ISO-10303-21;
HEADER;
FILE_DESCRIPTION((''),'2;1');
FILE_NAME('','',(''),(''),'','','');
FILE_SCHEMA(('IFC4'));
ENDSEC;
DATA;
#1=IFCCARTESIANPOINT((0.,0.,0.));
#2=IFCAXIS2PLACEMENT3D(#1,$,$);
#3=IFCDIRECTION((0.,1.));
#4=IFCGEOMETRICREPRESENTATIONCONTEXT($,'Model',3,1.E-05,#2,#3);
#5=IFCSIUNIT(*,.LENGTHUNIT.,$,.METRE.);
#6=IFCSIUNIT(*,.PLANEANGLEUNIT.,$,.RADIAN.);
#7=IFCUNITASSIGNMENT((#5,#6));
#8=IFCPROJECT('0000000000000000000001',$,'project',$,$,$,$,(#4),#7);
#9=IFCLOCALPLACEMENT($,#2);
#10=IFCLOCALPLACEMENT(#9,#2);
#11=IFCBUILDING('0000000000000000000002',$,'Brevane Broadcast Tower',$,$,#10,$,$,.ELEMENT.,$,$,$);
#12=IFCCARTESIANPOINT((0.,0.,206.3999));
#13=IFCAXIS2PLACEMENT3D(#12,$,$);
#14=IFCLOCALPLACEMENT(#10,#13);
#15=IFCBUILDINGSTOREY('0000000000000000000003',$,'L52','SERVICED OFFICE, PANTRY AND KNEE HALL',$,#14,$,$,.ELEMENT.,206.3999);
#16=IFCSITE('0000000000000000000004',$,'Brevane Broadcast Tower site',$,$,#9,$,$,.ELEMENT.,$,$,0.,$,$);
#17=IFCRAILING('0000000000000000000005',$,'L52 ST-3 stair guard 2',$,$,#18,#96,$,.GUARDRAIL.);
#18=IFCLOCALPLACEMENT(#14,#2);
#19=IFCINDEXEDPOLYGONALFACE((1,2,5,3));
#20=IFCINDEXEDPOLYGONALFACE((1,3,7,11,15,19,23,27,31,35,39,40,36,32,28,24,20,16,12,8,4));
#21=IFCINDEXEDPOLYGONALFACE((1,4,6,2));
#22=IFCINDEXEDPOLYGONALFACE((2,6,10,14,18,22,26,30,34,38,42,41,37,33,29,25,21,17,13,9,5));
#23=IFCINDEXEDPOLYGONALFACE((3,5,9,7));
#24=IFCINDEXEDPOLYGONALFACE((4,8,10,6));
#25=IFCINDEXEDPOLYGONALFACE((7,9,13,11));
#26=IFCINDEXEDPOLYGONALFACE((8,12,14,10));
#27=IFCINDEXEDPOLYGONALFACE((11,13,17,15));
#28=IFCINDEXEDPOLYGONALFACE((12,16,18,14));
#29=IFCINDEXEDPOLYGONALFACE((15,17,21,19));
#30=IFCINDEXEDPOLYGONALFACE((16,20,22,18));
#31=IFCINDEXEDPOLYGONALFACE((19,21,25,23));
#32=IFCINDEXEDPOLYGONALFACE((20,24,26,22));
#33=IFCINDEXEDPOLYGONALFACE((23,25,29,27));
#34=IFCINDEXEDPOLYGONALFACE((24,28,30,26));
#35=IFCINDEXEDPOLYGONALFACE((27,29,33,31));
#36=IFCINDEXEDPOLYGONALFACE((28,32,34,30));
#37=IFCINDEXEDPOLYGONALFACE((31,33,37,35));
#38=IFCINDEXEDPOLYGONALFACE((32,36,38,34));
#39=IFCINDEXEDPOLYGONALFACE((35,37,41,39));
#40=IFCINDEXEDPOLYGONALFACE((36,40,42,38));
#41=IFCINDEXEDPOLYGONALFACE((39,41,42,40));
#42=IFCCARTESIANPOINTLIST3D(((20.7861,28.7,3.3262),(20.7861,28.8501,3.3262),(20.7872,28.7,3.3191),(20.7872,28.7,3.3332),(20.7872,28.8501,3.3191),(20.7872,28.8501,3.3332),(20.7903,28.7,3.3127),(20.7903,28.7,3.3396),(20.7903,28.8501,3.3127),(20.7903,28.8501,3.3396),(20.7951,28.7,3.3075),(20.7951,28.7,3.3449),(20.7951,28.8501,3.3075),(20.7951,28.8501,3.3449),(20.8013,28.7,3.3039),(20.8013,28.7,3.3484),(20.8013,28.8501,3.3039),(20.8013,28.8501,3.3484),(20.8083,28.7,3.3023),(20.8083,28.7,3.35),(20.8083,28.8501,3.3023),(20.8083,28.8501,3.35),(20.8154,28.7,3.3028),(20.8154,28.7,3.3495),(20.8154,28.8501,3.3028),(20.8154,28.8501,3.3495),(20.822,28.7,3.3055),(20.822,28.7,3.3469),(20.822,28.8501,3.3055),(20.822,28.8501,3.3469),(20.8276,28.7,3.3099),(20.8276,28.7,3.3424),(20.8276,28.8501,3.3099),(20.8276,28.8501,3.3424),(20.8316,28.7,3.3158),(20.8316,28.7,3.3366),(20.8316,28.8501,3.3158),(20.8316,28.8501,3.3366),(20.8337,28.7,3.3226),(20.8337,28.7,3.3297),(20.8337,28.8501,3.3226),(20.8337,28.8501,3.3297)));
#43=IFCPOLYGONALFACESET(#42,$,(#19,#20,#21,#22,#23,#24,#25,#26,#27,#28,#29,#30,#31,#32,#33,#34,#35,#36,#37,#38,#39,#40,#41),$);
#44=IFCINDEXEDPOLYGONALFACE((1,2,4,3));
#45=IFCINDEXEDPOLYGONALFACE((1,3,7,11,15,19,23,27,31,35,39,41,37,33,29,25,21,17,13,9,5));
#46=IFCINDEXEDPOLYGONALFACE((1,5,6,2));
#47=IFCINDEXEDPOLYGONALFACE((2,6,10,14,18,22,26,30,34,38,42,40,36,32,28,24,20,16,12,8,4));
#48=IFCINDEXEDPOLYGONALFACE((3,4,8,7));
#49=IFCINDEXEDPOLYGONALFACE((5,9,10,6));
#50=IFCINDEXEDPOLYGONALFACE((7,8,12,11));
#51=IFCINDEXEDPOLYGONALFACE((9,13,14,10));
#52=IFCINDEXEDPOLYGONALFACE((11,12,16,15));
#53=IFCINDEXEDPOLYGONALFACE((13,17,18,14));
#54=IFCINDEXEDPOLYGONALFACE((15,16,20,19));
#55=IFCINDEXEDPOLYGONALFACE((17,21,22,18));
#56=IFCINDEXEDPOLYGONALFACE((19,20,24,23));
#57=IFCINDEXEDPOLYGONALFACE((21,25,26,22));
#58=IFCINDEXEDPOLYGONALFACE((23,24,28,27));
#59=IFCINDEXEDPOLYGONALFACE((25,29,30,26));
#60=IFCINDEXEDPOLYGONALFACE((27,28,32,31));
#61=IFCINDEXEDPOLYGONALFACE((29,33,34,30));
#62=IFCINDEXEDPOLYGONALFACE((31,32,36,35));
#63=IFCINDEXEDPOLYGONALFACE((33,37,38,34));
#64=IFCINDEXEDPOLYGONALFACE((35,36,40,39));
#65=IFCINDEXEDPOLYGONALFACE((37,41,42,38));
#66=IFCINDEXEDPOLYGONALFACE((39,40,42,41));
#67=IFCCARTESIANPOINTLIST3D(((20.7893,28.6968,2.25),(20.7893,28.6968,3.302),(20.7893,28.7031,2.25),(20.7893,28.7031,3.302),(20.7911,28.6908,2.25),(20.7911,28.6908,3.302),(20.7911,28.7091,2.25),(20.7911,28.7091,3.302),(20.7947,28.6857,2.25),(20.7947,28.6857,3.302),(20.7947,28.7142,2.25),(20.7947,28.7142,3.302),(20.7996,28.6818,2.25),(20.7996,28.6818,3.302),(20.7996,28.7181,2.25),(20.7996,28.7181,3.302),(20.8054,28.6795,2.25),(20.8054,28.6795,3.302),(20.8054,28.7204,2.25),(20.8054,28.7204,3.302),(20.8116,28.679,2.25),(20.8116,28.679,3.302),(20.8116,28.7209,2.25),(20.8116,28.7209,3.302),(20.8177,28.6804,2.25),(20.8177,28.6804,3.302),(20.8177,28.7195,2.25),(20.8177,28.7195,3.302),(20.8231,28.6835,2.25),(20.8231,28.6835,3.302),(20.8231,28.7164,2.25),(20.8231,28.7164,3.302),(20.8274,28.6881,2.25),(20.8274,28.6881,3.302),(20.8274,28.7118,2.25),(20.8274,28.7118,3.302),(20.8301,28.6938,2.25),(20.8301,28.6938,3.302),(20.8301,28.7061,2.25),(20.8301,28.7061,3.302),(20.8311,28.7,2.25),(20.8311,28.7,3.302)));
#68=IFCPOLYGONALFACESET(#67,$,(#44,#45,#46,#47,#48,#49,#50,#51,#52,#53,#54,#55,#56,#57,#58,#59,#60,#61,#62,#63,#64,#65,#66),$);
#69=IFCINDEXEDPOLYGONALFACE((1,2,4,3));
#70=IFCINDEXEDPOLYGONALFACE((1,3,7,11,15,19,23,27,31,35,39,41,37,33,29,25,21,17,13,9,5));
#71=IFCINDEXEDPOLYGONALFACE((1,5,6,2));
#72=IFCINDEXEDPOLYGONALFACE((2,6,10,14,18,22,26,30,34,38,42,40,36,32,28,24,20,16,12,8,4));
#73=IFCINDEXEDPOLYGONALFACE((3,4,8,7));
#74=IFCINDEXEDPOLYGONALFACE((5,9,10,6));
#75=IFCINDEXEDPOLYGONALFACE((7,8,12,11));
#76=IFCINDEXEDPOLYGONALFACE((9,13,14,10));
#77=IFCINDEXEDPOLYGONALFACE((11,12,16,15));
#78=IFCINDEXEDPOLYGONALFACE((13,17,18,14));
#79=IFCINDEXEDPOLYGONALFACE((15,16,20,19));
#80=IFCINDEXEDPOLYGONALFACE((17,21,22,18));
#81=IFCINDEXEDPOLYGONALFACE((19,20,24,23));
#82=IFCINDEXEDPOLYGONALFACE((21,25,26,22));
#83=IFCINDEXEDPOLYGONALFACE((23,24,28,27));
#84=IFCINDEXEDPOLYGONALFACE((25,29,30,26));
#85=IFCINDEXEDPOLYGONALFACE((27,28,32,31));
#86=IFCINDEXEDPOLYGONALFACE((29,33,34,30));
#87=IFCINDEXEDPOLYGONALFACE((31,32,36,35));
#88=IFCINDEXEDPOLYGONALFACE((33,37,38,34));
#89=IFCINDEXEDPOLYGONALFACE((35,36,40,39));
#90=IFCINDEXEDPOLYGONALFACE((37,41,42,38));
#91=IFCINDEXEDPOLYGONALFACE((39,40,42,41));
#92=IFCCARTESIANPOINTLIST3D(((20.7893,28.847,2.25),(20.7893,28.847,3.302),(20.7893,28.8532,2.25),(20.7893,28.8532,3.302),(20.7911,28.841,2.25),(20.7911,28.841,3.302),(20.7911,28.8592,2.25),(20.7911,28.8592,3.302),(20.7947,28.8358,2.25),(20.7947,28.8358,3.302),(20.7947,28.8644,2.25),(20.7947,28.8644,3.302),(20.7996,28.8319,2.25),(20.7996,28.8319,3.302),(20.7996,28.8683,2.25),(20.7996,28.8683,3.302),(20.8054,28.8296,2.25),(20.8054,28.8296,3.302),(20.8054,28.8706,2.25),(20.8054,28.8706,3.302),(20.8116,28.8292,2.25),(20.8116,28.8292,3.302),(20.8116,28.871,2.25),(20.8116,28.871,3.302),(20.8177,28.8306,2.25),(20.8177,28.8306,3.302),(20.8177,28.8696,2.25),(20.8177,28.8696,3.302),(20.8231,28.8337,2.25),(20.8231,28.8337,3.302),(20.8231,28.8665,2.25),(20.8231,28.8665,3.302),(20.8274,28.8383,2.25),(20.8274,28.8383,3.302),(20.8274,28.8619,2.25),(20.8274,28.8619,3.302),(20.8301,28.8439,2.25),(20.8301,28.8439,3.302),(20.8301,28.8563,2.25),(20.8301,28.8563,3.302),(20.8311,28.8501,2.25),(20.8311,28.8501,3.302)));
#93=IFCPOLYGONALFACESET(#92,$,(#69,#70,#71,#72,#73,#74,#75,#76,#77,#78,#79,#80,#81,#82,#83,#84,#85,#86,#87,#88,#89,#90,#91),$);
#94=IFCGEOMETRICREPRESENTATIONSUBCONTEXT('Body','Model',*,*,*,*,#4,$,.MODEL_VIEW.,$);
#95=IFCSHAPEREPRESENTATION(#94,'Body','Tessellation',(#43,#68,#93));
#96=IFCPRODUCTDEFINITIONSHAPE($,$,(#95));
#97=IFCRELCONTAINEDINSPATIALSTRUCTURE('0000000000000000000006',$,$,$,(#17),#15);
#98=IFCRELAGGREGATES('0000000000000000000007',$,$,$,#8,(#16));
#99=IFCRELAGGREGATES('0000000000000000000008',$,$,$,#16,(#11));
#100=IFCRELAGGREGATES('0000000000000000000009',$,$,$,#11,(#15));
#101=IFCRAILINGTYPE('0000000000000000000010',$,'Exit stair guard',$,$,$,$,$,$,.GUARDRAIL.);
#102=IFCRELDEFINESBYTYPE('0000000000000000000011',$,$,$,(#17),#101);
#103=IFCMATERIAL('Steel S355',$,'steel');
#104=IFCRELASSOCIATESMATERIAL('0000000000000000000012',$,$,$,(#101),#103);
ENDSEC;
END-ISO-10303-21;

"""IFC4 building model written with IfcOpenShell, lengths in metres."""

from ifc_helpers import new_model, si_unit, direction, frame, origin, origin_2d, place, context, subcontext, project, spatial, circle, extrude, material, type_object, element, save


model = new_model("IFC4")

# Units and contexts
model_context = context("Model", 3, precision=1e-05, world=origin(), true_north=direction((0.0, 1.0)))
body_context = subcontext(model_context, "Body", "Model", "MODEL_VIEW")
ifc_project = project(units=[si_unit("LENGTHUNIT", "METRE"), si_unit("PLANEANGLEUNIT", "RADIAN")], contexts=[model_context])

# Site, building, storey
site_placement = place(None, origin())
site = spatial("IfcSite", under=ifc_project, at=site_placement, Name="Brevane Broadcast Tower site", CompositionType="ELEMENT", RefElevation=0.0)
building_placement = place(site_placement, origin())
building = spatial("IfcBuilding", under=site, at=building_placement, Name="Brevane Broadcast Tower", CompositionType="ELEMENT")
storey_placement = place(building_placement, frame((0.0, 0.0, 206.3999)))
storey = spatial("IfcBuildingStorey", under=building, at=storey_placement, Name="L52", Description="SERVICED OFFICE, PANTRY AND KNEE HALL", CompositionType="ELEMENT", Elevation=206.3999)

# Railing
ifc_material_1 = material(Name="Steel S355", Category="steel")
railing_type_1 = type_object("IfcRailingType", Name="Exit stair guard", PredefinedType="GUARDRAIL", material=ifc_material_1)
railing_1_placement = place(storey_placement, frame((20.8101, 28.7, 2.25)))
element("IfcRailing", 1, at=railing_1_placement, inside=storey, type_object=railing_type_1, Name="L52 ST-3 stair guard 2", PredefinedType="GUARDRAIL", context=body_context, shape_type="SweptSolid", body=[
    extrude(circle(Radius=0.0239, at=origin_2d()), frame((0.0, 0.0, 1.0762), z_axis=(0.0, 1.0, 0.0), x_axis=(-1.0, 0.0, 0.0)), (0.0, 0.0, 1.0), 0.1501),
    extrude(circle(Radius=0.021, at=origin_2d()), origin(), (0.0, 0.0, 1.0), 1.052),
    extrude(circle(Radius=0.021, at=origin_2d()), frame((0.0, 0.1501, 0.0)), (0.0, 0.0, 1.0), 1.052),
])

save(model, "model.ifc")
